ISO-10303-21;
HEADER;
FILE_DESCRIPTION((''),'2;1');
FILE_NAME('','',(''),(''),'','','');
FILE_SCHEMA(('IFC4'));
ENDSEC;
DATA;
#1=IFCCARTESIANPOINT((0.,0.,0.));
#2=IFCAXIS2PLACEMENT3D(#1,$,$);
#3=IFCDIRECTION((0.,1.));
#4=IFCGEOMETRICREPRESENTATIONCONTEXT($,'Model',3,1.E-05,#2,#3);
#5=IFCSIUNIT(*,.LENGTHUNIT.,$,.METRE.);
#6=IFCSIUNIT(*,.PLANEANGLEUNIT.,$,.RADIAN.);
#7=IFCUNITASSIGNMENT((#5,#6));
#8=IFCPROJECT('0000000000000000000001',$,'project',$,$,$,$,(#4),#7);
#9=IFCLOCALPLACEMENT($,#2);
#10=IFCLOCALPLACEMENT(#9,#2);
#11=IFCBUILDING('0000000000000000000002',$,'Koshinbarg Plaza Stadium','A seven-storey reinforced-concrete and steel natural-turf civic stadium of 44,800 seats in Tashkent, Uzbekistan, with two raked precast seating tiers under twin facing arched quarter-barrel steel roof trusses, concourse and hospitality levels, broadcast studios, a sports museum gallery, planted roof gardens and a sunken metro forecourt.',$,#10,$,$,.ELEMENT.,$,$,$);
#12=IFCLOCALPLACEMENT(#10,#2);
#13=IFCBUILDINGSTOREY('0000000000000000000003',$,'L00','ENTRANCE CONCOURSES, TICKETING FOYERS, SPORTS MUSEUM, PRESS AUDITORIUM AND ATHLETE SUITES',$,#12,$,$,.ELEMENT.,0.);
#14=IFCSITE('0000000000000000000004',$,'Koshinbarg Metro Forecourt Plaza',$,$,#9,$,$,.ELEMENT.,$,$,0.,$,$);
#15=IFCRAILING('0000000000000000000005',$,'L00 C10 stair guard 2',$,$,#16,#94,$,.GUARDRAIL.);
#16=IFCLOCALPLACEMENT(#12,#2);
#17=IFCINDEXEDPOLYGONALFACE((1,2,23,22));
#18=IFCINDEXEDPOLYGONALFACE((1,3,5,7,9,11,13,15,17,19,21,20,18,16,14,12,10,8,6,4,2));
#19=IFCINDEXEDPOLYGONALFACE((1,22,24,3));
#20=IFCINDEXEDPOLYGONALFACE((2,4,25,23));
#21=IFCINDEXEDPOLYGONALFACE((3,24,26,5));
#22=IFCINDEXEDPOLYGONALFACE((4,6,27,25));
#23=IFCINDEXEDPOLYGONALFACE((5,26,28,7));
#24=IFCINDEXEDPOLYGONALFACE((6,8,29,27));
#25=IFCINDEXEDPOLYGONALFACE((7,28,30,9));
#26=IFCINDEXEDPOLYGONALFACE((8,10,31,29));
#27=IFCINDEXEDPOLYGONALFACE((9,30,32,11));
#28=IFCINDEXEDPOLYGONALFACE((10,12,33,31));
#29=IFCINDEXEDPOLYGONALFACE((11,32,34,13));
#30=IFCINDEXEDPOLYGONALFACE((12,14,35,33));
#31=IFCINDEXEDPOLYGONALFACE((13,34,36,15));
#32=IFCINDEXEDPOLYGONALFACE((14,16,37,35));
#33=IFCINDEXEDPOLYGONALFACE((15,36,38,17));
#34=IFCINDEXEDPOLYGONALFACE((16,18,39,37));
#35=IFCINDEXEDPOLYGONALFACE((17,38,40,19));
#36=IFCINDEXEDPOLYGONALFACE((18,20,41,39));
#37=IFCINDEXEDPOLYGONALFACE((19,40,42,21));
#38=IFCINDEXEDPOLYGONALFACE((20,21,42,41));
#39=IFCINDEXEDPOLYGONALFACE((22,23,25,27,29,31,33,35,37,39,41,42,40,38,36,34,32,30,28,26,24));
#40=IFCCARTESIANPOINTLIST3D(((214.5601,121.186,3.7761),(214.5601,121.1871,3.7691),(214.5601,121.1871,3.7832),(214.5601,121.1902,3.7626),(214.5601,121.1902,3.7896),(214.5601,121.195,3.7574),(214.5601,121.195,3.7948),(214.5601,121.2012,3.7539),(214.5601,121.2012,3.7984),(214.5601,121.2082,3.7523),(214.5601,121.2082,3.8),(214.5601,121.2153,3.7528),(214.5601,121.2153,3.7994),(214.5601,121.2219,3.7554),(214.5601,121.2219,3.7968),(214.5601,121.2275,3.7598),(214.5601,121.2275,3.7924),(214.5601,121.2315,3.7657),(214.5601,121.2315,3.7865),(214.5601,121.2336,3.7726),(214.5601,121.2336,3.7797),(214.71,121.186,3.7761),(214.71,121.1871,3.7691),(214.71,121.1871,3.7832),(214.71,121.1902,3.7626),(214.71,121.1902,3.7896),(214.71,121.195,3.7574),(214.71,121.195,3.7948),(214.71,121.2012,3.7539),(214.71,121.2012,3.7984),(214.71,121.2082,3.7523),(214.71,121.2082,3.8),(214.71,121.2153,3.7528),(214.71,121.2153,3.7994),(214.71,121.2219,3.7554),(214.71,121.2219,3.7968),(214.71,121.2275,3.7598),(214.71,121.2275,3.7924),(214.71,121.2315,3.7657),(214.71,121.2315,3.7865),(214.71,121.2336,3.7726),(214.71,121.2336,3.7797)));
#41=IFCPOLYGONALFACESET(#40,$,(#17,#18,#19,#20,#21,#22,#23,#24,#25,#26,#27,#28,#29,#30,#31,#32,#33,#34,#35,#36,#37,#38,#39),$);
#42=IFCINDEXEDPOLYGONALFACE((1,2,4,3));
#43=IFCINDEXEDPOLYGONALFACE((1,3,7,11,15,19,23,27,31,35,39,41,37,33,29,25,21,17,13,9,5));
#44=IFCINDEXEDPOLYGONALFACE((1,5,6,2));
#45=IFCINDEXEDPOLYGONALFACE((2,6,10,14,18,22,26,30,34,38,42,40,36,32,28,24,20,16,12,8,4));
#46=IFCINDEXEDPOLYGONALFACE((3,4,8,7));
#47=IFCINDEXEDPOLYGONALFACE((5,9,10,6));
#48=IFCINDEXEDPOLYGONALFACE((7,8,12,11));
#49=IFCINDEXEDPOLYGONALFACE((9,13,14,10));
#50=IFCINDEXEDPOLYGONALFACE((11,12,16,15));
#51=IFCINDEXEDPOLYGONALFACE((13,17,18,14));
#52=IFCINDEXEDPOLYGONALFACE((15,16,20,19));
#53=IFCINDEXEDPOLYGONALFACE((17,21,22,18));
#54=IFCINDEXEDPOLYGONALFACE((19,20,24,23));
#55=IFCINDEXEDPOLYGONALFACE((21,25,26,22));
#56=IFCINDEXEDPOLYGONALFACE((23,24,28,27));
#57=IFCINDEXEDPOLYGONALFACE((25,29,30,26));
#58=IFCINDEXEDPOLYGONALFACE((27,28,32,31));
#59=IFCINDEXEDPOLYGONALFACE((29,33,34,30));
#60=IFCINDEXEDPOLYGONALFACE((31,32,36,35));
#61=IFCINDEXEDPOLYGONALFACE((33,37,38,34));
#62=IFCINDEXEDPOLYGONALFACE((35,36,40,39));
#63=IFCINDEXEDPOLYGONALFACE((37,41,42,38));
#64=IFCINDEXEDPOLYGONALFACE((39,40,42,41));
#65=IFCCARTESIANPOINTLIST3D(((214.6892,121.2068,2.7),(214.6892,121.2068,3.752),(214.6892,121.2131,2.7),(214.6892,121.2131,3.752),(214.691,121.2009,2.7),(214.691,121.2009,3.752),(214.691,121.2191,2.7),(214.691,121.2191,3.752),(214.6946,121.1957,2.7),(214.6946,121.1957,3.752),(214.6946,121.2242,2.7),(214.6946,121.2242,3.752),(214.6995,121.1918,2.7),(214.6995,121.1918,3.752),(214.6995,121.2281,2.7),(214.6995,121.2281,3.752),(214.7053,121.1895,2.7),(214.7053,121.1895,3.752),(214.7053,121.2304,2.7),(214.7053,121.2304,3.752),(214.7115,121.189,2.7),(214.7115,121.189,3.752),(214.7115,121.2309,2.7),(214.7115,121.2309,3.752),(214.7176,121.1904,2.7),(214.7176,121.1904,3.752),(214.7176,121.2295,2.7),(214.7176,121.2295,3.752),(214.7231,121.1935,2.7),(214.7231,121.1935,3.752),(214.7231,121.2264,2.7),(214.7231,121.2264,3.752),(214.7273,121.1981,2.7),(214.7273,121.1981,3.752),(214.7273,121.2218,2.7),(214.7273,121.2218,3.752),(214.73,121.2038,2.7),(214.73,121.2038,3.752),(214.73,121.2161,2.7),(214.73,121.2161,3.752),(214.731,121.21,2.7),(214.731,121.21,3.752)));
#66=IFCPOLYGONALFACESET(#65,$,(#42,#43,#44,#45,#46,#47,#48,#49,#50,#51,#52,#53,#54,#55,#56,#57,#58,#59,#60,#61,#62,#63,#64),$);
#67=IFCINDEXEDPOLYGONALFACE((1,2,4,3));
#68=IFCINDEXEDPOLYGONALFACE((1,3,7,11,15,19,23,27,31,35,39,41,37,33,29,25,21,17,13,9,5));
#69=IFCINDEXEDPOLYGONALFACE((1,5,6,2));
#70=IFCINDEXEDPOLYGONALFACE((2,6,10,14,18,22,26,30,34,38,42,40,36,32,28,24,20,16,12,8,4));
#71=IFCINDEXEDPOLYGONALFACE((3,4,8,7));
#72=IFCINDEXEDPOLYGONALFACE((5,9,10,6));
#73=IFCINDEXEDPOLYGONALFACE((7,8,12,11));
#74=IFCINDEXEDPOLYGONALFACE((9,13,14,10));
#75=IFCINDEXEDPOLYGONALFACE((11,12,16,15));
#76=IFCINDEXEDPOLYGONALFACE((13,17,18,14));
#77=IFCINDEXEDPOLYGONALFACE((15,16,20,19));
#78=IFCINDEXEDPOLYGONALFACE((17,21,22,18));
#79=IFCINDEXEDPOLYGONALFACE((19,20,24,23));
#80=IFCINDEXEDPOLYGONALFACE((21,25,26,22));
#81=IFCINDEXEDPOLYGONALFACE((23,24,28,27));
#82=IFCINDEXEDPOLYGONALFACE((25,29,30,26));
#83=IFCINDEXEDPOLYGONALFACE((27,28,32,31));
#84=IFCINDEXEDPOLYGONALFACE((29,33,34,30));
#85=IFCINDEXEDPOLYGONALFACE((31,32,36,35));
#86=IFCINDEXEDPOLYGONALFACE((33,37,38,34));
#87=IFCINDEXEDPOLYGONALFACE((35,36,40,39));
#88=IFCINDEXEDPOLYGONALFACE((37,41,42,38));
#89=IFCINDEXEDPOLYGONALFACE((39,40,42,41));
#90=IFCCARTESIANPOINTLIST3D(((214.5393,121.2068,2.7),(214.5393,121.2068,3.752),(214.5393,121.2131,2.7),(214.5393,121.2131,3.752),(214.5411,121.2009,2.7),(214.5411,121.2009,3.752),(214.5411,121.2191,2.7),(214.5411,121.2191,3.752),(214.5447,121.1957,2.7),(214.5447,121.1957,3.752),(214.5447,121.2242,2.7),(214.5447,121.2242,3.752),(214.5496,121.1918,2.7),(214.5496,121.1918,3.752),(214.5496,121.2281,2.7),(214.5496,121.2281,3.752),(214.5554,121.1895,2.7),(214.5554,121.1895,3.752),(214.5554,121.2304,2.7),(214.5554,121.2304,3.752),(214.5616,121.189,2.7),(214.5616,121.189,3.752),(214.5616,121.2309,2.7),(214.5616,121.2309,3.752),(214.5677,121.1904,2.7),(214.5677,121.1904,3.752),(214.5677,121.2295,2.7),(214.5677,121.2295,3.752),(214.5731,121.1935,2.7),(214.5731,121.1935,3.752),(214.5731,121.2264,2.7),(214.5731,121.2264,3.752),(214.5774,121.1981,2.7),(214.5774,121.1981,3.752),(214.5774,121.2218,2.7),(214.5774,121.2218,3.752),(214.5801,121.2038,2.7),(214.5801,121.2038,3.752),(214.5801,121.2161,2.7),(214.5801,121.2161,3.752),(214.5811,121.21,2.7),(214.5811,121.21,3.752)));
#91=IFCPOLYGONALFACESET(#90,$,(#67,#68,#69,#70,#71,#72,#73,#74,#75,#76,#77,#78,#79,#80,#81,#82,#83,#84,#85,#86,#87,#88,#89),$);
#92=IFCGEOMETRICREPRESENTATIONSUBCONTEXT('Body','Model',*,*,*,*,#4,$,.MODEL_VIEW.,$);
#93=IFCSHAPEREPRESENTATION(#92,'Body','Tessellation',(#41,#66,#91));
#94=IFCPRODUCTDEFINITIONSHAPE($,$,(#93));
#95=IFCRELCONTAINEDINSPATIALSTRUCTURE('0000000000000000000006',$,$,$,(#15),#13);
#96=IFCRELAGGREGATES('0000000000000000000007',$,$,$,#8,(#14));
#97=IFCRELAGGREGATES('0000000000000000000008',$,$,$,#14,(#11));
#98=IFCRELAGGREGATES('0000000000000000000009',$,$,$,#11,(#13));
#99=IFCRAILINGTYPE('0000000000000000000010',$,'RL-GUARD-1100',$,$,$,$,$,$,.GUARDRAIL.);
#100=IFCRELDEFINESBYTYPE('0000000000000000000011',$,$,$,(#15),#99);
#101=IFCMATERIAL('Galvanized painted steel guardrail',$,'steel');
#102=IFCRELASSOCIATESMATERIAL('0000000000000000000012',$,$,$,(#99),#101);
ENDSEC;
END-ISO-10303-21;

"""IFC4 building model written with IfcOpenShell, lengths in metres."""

from ifc_helpers import new_model, si_unit, direction, frame, origin, origin_2d, place, context, subcontext, project, spatial, circle, extrude, material, type_object, element, save


model = new_model("IFC4")

# Units and contexts
model_context = context("Model", 3, precision=1e-05, world=origin(), true_north=direction((0.0, 1.0)))
body_context = subcontext(model_context, "Body", "Model", "MODEL_VIEW")
ifc_project = project(units=[si_unit("LENGTHUNIT", "METRE"), si_unit("PLANEANGLEUNIT", "RADIAN")], contexts=[model_context])

# Site, building, storey
site_placement = place(None, origin())
site = spatial("IfcSite", under=ifc_project, at=site_placement, Name="Koshinbarg Metro Forecourt Plaza", CompositionType="ELEMENT", RefElevation=0.0)
building_placement = place(site_placement, origin())
building = spatial("IfcBuilding", under=site, at=building_placement, Name="Koshinbarg Plaza Stadium", Description="A seven-storey reinforced-concrete and steel natural-turf civic stadium of 44,800 seats in Tashkent, Uzbekistan, with two raked precast seating tiers under twin facing arched quarter-barrel steel roof trusses, concourse and hospitality levels, broadcast studios, a sports museum gallery, planted roof gardens and a sunken metro forecourt.", CompositionType="ELEMENT")
storey_placement = place(building_placement, origin())
storey = spatial("IfcBuildingStorey", under=building, at=storey_placement, Name="L00", Description="ENTRANCE CONCOURSES, TICKETING FOYERS, SPORTS MUSEUM, PRESS AUDITORIUM AND ATHLETE SUITES", CompositionType="ELEMENT", Elevation=0.0)

# Railing
ifc_material_1 = material(Name="Galvanized painted steel guardrail", Category="steel")
railing_type_1 = type_object("IfcRailingType", Name="RL-GUARD-1100", PredefinedType="GUARDRAIL", material=ifc_material_1)
railing_1_placement = place(storey_placement, frame((214.71, 121.21, 2.7)))
element("IfcRailing", 1, at=railing_1_placement, inside=storey, type_object=railing_type_1, Name="L00 C10 stair guard 2", PredefinedType="GUARDRAIL", context=body_context, shape_type="SweptSolid", body=[
    extrude(circle(Radius=0.0239, at=origin_2d()), frame((0.0, 0.0, 1.0762), z_axis=(-1.0, 0.0, 0.0), x_axis=(0.0, -1.0, 0.0)), (0.0, 0.0, 1.0), 0.1499),
    extrude(circle(Radius=0.021, at=origin_2d()), origin(), (0.0, 0.0, 1.0), 1.052),
    extrude(circle(Radius=0.021, at=origin_2d()), frame((-0.1499, 0.0, 0.0)), (0.0, 0.0, 1.0), 1.052),
])

save(model, "model.ifc")
